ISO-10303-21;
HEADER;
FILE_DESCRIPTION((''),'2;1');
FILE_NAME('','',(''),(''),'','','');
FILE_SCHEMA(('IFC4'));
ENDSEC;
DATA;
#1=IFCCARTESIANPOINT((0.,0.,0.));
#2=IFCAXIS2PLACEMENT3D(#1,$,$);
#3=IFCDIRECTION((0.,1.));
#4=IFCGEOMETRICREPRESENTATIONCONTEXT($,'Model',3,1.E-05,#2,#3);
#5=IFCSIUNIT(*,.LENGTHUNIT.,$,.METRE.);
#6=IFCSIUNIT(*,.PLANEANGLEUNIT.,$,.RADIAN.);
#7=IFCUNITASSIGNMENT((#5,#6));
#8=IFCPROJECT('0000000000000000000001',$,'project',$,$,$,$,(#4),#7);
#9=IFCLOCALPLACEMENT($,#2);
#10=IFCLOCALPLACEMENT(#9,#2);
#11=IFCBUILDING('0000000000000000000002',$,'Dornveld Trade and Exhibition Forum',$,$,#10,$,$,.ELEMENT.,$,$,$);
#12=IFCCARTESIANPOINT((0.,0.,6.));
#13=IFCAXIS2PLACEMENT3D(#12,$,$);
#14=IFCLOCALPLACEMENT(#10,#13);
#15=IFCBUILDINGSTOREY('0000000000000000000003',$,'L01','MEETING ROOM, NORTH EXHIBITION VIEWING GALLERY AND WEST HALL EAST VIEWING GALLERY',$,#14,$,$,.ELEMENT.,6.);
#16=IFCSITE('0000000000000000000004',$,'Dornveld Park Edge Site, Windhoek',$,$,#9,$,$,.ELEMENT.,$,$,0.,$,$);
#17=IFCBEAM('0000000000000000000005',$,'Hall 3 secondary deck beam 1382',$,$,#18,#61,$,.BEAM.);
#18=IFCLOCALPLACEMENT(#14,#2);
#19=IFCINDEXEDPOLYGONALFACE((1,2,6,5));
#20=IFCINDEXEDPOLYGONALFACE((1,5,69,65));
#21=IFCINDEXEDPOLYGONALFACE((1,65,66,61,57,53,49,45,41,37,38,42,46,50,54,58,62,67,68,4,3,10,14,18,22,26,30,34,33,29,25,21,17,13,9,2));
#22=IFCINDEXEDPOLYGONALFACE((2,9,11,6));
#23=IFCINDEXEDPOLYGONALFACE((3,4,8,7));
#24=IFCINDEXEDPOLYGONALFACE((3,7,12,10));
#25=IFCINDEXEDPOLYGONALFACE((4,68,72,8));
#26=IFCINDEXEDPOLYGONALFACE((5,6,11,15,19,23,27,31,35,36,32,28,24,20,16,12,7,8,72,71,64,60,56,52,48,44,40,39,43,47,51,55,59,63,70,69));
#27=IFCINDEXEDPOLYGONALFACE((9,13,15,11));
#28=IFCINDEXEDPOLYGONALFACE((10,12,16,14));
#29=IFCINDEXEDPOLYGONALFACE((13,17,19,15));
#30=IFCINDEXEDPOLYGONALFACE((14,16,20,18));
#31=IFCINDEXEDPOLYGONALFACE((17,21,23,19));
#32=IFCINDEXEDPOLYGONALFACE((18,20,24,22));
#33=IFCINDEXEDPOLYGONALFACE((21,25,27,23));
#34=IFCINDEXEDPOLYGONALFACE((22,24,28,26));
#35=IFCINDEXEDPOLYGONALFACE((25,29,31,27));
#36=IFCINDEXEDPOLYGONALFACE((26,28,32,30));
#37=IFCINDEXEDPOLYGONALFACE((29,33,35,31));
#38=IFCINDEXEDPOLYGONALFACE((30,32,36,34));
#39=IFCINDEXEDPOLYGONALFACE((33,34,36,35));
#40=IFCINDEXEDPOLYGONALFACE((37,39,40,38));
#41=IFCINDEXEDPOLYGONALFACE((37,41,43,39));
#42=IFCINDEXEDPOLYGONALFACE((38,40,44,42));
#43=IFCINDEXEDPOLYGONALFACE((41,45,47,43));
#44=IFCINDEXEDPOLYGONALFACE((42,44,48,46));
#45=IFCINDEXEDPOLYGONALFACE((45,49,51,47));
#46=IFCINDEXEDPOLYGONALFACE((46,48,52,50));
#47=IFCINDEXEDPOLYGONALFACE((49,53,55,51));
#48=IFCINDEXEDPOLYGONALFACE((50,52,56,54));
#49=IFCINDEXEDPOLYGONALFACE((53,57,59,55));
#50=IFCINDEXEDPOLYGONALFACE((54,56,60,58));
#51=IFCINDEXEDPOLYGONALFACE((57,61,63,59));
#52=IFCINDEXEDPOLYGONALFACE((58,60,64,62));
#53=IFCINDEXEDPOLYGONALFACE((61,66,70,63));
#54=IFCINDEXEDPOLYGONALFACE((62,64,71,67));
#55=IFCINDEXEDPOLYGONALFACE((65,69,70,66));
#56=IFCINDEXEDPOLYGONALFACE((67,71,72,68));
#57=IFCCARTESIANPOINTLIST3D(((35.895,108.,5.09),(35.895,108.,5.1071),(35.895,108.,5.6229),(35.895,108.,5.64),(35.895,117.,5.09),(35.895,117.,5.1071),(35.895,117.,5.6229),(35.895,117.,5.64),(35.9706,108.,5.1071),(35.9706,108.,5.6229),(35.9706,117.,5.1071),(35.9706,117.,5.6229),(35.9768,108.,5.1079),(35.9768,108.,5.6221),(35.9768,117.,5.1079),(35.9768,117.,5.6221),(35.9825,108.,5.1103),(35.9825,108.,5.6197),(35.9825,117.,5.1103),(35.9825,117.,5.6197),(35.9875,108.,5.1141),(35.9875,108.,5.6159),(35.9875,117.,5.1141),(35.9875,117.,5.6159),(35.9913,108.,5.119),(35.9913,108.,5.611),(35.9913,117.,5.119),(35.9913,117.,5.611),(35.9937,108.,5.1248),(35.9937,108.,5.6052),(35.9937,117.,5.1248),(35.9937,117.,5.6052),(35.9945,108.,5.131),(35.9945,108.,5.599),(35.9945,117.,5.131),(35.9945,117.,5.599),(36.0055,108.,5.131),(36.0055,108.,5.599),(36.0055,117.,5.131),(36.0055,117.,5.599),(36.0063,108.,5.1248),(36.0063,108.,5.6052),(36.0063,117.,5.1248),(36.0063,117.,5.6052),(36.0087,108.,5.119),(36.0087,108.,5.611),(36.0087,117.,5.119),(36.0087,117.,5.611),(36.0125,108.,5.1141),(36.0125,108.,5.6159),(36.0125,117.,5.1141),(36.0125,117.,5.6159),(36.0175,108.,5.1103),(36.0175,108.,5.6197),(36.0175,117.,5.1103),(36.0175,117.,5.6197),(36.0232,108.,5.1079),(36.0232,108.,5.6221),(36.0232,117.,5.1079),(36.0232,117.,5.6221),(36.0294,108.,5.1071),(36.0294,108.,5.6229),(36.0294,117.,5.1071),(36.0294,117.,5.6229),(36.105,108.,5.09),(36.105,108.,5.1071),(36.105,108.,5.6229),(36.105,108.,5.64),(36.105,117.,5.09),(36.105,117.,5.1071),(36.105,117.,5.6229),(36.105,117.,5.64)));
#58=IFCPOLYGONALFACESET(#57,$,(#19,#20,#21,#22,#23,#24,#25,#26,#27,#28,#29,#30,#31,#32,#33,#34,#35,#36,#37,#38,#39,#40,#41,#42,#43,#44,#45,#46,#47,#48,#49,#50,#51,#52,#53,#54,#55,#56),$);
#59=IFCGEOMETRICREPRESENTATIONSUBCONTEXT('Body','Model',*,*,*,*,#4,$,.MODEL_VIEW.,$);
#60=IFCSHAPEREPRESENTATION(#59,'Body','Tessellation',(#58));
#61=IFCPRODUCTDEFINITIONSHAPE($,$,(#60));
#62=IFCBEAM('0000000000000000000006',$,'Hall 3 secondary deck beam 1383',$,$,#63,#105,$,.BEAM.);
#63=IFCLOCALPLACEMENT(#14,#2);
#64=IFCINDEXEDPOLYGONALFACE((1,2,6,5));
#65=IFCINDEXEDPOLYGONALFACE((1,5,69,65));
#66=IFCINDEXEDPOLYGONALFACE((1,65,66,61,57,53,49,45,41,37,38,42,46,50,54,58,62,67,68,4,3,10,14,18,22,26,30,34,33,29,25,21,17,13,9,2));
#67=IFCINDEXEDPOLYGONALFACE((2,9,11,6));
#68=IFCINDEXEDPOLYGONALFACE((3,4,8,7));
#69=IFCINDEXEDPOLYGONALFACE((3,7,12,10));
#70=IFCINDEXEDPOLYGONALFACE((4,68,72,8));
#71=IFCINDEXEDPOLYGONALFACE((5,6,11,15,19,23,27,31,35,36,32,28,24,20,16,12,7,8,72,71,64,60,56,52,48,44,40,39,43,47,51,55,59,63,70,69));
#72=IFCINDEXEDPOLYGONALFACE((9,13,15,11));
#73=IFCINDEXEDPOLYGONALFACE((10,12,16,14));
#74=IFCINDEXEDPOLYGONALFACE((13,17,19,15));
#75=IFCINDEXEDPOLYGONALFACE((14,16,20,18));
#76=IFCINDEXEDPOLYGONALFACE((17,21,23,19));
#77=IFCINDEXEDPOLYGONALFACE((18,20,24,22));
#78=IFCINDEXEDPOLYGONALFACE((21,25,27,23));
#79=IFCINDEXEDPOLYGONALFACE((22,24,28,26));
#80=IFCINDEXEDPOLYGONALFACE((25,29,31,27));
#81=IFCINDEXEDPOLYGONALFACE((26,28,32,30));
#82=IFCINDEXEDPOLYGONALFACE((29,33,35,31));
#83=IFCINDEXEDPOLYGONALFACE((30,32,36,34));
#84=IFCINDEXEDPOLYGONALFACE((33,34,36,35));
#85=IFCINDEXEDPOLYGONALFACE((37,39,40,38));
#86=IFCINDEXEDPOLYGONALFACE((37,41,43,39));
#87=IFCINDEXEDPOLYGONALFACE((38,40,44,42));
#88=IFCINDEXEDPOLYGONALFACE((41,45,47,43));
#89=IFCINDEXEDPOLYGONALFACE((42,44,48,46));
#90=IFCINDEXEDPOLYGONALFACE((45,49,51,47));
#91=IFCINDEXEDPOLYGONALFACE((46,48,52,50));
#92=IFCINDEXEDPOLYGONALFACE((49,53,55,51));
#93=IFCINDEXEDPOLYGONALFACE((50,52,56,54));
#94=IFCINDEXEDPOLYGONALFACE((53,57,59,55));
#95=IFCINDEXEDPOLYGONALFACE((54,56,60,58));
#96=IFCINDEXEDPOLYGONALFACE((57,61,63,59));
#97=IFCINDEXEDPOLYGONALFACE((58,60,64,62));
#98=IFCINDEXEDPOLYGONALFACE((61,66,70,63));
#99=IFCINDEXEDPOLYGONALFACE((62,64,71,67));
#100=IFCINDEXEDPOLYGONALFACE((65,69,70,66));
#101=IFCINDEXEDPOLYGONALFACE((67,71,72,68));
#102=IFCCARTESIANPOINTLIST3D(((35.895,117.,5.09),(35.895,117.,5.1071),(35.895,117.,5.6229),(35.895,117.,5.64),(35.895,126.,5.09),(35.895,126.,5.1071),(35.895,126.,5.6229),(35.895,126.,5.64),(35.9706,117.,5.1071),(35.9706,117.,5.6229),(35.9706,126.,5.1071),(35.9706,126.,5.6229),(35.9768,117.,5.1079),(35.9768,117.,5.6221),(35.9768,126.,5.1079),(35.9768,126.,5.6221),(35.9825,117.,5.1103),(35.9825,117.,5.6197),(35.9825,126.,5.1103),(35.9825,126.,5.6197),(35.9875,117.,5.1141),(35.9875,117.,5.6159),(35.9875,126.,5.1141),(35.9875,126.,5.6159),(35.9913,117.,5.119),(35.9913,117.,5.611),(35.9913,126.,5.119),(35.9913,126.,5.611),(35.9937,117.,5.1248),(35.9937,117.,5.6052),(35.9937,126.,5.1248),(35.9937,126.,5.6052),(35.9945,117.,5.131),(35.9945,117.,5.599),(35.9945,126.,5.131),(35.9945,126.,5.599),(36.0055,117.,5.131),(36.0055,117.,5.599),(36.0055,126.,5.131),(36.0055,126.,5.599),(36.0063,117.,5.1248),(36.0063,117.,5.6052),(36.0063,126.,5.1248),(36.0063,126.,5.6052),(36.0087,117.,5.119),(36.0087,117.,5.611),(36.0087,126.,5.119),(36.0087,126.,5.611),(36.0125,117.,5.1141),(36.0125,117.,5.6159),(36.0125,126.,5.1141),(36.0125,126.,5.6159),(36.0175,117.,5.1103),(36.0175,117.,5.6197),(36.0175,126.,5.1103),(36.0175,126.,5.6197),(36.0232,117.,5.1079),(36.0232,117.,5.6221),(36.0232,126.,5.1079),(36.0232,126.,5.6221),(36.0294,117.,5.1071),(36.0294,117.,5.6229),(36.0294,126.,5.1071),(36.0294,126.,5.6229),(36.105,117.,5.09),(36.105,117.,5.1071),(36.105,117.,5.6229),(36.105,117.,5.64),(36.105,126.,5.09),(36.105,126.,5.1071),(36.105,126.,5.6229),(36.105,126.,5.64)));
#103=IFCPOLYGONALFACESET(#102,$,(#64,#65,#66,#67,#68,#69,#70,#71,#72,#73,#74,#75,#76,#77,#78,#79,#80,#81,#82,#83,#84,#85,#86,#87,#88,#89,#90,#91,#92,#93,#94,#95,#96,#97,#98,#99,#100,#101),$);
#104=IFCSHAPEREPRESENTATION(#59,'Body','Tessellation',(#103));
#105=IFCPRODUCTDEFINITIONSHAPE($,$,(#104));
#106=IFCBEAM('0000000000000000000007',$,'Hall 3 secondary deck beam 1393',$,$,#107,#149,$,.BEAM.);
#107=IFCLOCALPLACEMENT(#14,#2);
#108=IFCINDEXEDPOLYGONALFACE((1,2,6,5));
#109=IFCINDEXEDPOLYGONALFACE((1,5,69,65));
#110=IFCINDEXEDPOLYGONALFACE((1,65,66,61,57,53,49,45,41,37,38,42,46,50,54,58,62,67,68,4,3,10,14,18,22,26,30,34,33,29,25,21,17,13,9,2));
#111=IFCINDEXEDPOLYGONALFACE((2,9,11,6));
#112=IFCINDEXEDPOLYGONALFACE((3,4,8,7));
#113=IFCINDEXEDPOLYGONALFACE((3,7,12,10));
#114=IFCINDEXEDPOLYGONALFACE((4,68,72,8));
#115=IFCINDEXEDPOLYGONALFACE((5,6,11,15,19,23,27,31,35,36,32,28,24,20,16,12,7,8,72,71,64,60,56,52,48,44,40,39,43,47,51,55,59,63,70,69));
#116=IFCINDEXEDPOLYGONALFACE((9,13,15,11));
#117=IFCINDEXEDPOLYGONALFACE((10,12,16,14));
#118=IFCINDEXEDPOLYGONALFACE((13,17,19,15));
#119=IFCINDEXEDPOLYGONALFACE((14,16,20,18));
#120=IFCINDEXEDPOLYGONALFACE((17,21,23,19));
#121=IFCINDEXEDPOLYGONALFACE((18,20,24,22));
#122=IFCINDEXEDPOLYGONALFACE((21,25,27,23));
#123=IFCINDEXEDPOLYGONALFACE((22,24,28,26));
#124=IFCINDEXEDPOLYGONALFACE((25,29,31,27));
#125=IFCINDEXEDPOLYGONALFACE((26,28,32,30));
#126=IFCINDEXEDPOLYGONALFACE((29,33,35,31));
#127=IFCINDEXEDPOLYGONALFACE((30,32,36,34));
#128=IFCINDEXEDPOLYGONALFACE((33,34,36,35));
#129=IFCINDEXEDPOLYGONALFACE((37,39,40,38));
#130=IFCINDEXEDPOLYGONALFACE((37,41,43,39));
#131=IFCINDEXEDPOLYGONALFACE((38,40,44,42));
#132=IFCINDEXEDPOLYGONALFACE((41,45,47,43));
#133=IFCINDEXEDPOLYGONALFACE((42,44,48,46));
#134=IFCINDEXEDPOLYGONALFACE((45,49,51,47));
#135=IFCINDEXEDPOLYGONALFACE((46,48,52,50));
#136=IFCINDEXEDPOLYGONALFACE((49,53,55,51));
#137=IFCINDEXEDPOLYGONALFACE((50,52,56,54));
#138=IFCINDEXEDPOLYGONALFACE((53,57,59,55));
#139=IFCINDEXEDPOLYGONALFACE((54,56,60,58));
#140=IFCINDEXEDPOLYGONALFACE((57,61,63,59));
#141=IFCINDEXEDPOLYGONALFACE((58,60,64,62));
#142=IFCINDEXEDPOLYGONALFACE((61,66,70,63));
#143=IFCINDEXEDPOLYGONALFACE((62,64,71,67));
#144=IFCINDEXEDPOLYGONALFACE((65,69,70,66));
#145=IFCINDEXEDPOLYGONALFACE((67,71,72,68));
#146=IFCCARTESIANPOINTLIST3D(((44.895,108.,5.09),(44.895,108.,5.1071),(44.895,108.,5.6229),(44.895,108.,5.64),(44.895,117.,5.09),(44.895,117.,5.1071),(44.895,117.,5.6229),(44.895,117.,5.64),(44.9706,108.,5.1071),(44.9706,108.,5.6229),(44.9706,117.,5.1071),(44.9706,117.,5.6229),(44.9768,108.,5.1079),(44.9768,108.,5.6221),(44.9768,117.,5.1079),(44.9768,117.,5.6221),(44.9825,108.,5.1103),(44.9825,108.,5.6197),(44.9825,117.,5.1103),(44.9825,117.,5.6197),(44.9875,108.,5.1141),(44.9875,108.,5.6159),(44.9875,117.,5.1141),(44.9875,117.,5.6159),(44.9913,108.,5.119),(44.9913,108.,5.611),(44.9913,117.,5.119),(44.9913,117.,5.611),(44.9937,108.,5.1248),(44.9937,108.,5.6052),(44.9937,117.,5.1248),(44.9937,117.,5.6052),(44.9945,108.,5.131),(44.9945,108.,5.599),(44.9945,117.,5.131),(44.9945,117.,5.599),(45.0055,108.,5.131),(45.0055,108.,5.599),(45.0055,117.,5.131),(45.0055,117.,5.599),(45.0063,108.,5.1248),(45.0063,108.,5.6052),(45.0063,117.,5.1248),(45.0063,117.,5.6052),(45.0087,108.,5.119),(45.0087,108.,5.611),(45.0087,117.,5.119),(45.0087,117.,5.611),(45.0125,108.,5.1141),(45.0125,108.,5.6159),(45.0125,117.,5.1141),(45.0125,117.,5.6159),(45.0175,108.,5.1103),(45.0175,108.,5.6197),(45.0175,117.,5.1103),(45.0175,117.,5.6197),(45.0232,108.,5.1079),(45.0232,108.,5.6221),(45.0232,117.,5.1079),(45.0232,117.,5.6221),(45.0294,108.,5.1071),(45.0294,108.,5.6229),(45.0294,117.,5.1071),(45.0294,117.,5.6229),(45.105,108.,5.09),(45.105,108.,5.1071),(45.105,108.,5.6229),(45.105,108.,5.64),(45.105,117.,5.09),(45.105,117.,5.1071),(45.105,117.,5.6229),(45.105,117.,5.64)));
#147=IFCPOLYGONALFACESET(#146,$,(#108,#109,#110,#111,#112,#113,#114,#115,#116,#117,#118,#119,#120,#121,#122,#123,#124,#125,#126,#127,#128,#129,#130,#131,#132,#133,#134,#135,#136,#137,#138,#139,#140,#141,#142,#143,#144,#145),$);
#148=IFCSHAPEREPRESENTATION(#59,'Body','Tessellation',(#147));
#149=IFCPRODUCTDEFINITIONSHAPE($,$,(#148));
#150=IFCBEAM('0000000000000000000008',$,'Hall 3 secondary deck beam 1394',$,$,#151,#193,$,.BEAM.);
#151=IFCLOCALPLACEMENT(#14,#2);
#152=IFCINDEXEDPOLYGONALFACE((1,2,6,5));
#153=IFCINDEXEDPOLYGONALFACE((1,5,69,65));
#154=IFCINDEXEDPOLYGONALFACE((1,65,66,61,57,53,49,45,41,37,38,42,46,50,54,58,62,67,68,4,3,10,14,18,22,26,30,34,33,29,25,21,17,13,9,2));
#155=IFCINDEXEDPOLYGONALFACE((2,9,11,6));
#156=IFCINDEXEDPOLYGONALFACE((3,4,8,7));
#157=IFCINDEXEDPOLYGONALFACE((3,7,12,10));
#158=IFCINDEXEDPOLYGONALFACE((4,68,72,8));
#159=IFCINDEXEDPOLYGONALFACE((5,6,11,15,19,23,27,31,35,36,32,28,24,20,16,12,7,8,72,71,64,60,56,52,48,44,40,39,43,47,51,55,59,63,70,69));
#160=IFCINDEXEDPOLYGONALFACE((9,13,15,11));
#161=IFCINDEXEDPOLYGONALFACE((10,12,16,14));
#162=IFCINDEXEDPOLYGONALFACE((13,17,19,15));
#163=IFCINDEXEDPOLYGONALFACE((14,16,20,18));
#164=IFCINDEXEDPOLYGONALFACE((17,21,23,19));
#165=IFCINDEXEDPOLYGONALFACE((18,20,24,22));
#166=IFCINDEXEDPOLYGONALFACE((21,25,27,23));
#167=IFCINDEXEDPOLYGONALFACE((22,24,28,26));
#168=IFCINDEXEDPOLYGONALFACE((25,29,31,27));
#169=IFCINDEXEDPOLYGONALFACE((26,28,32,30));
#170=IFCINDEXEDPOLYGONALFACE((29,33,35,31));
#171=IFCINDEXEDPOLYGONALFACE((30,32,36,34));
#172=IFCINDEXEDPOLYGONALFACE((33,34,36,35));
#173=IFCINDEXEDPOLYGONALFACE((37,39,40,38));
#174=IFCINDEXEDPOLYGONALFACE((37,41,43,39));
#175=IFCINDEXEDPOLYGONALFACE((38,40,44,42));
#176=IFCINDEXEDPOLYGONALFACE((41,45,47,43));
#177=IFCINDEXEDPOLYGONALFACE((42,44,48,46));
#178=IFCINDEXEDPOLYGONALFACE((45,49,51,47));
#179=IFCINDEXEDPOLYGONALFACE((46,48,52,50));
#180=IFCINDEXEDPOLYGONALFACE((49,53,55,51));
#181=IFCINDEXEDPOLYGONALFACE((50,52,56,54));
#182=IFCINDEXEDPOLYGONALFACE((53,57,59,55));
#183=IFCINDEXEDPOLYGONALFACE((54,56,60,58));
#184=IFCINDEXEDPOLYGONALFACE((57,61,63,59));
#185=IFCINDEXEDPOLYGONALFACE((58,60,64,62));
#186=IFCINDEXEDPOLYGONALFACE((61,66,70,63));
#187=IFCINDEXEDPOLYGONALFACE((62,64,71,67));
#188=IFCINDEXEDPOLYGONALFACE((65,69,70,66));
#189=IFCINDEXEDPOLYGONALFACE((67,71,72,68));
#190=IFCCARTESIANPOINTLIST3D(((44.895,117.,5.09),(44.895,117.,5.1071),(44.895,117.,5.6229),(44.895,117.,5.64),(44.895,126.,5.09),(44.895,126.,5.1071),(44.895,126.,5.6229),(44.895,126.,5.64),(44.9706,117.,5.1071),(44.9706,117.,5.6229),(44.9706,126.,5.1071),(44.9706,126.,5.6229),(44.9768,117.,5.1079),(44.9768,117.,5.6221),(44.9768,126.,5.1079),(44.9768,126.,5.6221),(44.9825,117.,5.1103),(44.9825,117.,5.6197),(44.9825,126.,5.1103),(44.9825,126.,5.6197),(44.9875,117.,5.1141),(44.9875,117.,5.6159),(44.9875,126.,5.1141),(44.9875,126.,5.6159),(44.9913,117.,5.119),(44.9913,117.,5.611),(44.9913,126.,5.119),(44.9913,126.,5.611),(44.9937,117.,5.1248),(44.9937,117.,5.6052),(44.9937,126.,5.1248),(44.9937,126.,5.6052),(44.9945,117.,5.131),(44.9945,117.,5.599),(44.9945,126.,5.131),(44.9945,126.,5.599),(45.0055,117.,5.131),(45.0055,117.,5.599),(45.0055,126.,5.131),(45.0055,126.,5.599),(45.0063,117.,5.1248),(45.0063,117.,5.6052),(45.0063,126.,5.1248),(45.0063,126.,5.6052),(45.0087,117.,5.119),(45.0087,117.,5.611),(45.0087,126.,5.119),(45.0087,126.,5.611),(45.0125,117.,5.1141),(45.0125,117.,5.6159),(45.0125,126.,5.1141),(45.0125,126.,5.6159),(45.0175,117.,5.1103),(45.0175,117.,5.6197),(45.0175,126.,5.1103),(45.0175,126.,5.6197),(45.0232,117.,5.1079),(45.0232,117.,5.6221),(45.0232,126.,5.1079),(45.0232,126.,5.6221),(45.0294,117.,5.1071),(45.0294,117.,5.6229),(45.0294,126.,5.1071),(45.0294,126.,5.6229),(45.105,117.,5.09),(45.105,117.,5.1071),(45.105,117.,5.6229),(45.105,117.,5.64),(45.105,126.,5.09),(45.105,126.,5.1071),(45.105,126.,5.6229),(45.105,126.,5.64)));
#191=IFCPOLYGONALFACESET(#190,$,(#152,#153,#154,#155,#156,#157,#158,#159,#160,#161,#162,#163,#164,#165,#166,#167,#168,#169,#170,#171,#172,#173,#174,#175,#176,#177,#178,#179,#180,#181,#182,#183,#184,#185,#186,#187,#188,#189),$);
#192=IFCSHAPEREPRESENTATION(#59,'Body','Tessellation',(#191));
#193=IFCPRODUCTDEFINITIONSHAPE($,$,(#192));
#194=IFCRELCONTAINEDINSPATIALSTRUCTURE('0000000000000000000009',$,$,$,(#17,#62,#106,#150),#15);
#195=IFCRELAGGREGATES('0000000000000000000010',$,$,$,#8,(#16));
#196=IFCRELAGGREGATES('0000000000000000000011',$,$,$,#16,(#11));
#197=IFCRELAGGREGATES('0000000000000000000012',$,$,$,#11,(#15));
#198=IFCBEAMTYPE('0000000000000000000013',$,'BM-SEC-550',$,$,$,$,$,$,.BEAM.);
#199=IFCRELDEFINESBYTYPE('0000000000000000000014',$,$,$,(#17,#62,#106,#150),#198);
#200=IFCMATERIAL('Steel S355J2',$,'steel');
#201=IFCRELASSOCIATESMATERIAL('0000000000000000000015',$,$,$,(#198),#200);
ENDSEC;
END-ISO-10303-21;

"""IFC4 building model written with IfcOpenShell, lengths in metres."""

from ifc_helpers import new_model, si_unit, direction, frame, origin, origin_2d, place, context, subcontext, project, spatial, i_section, extrude, material, material_profile, profile_set, type_object, element, save


model = new_model("IFC4")

# Units and contexts
model_context = context("Model", 3, precision=1e-05, world=origin(), true_north=direction((0.0, 1.0)))
body_context = subcontext(model_context, "Body", "Model", "MODEL_VIEW")
ifc_project = project(units=[si_unit("LENGTHUNIT", "METRE"), si_unit("PLANEANGLEUNIT", "RADIAN")], contexts=[model_context])

# Site, building, storey
site_placement = place(None, origin())
site = spatial("IfcSite", under=ifc_project, at=site_placement, Name="Dornveld Park Edge Site, Windhoek", CompositionType="ELEMENT", RefElevation=0.0)
building_placement = place(site_placement, origin())
building = spatial("IfcBuilding", under=site, at=building_placement, Name="Dornveld Trade and Exhibition Forum", CompositionType="ELEMENT")
storey_placement = place(building_placement, frame((0.0, 0.0, 6.0)))
storey = spatial("IfcBuildingStorey", under=building, at=storey_placement, Name="L01", Description="MEETING ROOM, NORTH EXHIBITION VIEWING GALLERY AND WEST HALL EAST VIEWING GALLERY", CompositionType="ELEMENT", Elevation=6.0)

# Beams
ifc_material_1 = material(Name="Steel S355J2", Category="steel")
ifc_material_profile_1 = material_profile(ifc_material_1, i_section(OverallWidth=0.21, OverallDepth=0.55, WebThickness=0.011, FlangeThickness=0.0171, FilletRadius=0.0239, at=origin_2d()), Name="IPE 550")
ifc_profile_set_1 = profile_set([ifc_material_profile_1], Name="Steel S355J2")
beam_type_1 = type_object("IfcBeamType", Name="BM-SEC-550", PredefinedType="BEAM", material=ifc_profile_set_1)
for number, where, z_axis, x_axis, name in (
    (1, (36.0, 108.0, 5.365), (0.0, 1.0, 0.0), (-1.0, 0.0, 0.0), "Hall 3 secondary deck beam 1382"),
    (2, (36.0, 117.0, 5.365), (0.0, 1.0, 0.0), (-1.0, 0.0, 0.0), "Hall 3 secondary deck beam 1383"),
    (3, (45.0, 108.0, 5.365), (0.0, 1.0, 0.0), (-1.0, 0.0, 0.0), "Hall 3 secondary deck beam 1393"),
    (4, (45.0, 117.0, 5.365), (0.0, 1.0, 0.0), (-1.0, 0.0, 0.0), "Hall 3 secondary deck beam 1394"),
):
    element("IfcBeam", number, at=place(storey_placement, frame(where, z_axis=z_axis, x_axis=x_axis)), inside=storey, type_object=beam_type_1, Name=name, PredefinedType="BEAM", context=body_context, shape_type="SweptSolid", body=[
        extrude(i_section(OverallWidth=0.21, OverallDepth=0.55, WebThickness=0.011, FlangeThickness=0.0171, FilletRadius=0.0239, at=origin_2d()), origin(), (0.0, 0.0, 1.0), 9.0),
    ])

save(model, "model.ifc")
